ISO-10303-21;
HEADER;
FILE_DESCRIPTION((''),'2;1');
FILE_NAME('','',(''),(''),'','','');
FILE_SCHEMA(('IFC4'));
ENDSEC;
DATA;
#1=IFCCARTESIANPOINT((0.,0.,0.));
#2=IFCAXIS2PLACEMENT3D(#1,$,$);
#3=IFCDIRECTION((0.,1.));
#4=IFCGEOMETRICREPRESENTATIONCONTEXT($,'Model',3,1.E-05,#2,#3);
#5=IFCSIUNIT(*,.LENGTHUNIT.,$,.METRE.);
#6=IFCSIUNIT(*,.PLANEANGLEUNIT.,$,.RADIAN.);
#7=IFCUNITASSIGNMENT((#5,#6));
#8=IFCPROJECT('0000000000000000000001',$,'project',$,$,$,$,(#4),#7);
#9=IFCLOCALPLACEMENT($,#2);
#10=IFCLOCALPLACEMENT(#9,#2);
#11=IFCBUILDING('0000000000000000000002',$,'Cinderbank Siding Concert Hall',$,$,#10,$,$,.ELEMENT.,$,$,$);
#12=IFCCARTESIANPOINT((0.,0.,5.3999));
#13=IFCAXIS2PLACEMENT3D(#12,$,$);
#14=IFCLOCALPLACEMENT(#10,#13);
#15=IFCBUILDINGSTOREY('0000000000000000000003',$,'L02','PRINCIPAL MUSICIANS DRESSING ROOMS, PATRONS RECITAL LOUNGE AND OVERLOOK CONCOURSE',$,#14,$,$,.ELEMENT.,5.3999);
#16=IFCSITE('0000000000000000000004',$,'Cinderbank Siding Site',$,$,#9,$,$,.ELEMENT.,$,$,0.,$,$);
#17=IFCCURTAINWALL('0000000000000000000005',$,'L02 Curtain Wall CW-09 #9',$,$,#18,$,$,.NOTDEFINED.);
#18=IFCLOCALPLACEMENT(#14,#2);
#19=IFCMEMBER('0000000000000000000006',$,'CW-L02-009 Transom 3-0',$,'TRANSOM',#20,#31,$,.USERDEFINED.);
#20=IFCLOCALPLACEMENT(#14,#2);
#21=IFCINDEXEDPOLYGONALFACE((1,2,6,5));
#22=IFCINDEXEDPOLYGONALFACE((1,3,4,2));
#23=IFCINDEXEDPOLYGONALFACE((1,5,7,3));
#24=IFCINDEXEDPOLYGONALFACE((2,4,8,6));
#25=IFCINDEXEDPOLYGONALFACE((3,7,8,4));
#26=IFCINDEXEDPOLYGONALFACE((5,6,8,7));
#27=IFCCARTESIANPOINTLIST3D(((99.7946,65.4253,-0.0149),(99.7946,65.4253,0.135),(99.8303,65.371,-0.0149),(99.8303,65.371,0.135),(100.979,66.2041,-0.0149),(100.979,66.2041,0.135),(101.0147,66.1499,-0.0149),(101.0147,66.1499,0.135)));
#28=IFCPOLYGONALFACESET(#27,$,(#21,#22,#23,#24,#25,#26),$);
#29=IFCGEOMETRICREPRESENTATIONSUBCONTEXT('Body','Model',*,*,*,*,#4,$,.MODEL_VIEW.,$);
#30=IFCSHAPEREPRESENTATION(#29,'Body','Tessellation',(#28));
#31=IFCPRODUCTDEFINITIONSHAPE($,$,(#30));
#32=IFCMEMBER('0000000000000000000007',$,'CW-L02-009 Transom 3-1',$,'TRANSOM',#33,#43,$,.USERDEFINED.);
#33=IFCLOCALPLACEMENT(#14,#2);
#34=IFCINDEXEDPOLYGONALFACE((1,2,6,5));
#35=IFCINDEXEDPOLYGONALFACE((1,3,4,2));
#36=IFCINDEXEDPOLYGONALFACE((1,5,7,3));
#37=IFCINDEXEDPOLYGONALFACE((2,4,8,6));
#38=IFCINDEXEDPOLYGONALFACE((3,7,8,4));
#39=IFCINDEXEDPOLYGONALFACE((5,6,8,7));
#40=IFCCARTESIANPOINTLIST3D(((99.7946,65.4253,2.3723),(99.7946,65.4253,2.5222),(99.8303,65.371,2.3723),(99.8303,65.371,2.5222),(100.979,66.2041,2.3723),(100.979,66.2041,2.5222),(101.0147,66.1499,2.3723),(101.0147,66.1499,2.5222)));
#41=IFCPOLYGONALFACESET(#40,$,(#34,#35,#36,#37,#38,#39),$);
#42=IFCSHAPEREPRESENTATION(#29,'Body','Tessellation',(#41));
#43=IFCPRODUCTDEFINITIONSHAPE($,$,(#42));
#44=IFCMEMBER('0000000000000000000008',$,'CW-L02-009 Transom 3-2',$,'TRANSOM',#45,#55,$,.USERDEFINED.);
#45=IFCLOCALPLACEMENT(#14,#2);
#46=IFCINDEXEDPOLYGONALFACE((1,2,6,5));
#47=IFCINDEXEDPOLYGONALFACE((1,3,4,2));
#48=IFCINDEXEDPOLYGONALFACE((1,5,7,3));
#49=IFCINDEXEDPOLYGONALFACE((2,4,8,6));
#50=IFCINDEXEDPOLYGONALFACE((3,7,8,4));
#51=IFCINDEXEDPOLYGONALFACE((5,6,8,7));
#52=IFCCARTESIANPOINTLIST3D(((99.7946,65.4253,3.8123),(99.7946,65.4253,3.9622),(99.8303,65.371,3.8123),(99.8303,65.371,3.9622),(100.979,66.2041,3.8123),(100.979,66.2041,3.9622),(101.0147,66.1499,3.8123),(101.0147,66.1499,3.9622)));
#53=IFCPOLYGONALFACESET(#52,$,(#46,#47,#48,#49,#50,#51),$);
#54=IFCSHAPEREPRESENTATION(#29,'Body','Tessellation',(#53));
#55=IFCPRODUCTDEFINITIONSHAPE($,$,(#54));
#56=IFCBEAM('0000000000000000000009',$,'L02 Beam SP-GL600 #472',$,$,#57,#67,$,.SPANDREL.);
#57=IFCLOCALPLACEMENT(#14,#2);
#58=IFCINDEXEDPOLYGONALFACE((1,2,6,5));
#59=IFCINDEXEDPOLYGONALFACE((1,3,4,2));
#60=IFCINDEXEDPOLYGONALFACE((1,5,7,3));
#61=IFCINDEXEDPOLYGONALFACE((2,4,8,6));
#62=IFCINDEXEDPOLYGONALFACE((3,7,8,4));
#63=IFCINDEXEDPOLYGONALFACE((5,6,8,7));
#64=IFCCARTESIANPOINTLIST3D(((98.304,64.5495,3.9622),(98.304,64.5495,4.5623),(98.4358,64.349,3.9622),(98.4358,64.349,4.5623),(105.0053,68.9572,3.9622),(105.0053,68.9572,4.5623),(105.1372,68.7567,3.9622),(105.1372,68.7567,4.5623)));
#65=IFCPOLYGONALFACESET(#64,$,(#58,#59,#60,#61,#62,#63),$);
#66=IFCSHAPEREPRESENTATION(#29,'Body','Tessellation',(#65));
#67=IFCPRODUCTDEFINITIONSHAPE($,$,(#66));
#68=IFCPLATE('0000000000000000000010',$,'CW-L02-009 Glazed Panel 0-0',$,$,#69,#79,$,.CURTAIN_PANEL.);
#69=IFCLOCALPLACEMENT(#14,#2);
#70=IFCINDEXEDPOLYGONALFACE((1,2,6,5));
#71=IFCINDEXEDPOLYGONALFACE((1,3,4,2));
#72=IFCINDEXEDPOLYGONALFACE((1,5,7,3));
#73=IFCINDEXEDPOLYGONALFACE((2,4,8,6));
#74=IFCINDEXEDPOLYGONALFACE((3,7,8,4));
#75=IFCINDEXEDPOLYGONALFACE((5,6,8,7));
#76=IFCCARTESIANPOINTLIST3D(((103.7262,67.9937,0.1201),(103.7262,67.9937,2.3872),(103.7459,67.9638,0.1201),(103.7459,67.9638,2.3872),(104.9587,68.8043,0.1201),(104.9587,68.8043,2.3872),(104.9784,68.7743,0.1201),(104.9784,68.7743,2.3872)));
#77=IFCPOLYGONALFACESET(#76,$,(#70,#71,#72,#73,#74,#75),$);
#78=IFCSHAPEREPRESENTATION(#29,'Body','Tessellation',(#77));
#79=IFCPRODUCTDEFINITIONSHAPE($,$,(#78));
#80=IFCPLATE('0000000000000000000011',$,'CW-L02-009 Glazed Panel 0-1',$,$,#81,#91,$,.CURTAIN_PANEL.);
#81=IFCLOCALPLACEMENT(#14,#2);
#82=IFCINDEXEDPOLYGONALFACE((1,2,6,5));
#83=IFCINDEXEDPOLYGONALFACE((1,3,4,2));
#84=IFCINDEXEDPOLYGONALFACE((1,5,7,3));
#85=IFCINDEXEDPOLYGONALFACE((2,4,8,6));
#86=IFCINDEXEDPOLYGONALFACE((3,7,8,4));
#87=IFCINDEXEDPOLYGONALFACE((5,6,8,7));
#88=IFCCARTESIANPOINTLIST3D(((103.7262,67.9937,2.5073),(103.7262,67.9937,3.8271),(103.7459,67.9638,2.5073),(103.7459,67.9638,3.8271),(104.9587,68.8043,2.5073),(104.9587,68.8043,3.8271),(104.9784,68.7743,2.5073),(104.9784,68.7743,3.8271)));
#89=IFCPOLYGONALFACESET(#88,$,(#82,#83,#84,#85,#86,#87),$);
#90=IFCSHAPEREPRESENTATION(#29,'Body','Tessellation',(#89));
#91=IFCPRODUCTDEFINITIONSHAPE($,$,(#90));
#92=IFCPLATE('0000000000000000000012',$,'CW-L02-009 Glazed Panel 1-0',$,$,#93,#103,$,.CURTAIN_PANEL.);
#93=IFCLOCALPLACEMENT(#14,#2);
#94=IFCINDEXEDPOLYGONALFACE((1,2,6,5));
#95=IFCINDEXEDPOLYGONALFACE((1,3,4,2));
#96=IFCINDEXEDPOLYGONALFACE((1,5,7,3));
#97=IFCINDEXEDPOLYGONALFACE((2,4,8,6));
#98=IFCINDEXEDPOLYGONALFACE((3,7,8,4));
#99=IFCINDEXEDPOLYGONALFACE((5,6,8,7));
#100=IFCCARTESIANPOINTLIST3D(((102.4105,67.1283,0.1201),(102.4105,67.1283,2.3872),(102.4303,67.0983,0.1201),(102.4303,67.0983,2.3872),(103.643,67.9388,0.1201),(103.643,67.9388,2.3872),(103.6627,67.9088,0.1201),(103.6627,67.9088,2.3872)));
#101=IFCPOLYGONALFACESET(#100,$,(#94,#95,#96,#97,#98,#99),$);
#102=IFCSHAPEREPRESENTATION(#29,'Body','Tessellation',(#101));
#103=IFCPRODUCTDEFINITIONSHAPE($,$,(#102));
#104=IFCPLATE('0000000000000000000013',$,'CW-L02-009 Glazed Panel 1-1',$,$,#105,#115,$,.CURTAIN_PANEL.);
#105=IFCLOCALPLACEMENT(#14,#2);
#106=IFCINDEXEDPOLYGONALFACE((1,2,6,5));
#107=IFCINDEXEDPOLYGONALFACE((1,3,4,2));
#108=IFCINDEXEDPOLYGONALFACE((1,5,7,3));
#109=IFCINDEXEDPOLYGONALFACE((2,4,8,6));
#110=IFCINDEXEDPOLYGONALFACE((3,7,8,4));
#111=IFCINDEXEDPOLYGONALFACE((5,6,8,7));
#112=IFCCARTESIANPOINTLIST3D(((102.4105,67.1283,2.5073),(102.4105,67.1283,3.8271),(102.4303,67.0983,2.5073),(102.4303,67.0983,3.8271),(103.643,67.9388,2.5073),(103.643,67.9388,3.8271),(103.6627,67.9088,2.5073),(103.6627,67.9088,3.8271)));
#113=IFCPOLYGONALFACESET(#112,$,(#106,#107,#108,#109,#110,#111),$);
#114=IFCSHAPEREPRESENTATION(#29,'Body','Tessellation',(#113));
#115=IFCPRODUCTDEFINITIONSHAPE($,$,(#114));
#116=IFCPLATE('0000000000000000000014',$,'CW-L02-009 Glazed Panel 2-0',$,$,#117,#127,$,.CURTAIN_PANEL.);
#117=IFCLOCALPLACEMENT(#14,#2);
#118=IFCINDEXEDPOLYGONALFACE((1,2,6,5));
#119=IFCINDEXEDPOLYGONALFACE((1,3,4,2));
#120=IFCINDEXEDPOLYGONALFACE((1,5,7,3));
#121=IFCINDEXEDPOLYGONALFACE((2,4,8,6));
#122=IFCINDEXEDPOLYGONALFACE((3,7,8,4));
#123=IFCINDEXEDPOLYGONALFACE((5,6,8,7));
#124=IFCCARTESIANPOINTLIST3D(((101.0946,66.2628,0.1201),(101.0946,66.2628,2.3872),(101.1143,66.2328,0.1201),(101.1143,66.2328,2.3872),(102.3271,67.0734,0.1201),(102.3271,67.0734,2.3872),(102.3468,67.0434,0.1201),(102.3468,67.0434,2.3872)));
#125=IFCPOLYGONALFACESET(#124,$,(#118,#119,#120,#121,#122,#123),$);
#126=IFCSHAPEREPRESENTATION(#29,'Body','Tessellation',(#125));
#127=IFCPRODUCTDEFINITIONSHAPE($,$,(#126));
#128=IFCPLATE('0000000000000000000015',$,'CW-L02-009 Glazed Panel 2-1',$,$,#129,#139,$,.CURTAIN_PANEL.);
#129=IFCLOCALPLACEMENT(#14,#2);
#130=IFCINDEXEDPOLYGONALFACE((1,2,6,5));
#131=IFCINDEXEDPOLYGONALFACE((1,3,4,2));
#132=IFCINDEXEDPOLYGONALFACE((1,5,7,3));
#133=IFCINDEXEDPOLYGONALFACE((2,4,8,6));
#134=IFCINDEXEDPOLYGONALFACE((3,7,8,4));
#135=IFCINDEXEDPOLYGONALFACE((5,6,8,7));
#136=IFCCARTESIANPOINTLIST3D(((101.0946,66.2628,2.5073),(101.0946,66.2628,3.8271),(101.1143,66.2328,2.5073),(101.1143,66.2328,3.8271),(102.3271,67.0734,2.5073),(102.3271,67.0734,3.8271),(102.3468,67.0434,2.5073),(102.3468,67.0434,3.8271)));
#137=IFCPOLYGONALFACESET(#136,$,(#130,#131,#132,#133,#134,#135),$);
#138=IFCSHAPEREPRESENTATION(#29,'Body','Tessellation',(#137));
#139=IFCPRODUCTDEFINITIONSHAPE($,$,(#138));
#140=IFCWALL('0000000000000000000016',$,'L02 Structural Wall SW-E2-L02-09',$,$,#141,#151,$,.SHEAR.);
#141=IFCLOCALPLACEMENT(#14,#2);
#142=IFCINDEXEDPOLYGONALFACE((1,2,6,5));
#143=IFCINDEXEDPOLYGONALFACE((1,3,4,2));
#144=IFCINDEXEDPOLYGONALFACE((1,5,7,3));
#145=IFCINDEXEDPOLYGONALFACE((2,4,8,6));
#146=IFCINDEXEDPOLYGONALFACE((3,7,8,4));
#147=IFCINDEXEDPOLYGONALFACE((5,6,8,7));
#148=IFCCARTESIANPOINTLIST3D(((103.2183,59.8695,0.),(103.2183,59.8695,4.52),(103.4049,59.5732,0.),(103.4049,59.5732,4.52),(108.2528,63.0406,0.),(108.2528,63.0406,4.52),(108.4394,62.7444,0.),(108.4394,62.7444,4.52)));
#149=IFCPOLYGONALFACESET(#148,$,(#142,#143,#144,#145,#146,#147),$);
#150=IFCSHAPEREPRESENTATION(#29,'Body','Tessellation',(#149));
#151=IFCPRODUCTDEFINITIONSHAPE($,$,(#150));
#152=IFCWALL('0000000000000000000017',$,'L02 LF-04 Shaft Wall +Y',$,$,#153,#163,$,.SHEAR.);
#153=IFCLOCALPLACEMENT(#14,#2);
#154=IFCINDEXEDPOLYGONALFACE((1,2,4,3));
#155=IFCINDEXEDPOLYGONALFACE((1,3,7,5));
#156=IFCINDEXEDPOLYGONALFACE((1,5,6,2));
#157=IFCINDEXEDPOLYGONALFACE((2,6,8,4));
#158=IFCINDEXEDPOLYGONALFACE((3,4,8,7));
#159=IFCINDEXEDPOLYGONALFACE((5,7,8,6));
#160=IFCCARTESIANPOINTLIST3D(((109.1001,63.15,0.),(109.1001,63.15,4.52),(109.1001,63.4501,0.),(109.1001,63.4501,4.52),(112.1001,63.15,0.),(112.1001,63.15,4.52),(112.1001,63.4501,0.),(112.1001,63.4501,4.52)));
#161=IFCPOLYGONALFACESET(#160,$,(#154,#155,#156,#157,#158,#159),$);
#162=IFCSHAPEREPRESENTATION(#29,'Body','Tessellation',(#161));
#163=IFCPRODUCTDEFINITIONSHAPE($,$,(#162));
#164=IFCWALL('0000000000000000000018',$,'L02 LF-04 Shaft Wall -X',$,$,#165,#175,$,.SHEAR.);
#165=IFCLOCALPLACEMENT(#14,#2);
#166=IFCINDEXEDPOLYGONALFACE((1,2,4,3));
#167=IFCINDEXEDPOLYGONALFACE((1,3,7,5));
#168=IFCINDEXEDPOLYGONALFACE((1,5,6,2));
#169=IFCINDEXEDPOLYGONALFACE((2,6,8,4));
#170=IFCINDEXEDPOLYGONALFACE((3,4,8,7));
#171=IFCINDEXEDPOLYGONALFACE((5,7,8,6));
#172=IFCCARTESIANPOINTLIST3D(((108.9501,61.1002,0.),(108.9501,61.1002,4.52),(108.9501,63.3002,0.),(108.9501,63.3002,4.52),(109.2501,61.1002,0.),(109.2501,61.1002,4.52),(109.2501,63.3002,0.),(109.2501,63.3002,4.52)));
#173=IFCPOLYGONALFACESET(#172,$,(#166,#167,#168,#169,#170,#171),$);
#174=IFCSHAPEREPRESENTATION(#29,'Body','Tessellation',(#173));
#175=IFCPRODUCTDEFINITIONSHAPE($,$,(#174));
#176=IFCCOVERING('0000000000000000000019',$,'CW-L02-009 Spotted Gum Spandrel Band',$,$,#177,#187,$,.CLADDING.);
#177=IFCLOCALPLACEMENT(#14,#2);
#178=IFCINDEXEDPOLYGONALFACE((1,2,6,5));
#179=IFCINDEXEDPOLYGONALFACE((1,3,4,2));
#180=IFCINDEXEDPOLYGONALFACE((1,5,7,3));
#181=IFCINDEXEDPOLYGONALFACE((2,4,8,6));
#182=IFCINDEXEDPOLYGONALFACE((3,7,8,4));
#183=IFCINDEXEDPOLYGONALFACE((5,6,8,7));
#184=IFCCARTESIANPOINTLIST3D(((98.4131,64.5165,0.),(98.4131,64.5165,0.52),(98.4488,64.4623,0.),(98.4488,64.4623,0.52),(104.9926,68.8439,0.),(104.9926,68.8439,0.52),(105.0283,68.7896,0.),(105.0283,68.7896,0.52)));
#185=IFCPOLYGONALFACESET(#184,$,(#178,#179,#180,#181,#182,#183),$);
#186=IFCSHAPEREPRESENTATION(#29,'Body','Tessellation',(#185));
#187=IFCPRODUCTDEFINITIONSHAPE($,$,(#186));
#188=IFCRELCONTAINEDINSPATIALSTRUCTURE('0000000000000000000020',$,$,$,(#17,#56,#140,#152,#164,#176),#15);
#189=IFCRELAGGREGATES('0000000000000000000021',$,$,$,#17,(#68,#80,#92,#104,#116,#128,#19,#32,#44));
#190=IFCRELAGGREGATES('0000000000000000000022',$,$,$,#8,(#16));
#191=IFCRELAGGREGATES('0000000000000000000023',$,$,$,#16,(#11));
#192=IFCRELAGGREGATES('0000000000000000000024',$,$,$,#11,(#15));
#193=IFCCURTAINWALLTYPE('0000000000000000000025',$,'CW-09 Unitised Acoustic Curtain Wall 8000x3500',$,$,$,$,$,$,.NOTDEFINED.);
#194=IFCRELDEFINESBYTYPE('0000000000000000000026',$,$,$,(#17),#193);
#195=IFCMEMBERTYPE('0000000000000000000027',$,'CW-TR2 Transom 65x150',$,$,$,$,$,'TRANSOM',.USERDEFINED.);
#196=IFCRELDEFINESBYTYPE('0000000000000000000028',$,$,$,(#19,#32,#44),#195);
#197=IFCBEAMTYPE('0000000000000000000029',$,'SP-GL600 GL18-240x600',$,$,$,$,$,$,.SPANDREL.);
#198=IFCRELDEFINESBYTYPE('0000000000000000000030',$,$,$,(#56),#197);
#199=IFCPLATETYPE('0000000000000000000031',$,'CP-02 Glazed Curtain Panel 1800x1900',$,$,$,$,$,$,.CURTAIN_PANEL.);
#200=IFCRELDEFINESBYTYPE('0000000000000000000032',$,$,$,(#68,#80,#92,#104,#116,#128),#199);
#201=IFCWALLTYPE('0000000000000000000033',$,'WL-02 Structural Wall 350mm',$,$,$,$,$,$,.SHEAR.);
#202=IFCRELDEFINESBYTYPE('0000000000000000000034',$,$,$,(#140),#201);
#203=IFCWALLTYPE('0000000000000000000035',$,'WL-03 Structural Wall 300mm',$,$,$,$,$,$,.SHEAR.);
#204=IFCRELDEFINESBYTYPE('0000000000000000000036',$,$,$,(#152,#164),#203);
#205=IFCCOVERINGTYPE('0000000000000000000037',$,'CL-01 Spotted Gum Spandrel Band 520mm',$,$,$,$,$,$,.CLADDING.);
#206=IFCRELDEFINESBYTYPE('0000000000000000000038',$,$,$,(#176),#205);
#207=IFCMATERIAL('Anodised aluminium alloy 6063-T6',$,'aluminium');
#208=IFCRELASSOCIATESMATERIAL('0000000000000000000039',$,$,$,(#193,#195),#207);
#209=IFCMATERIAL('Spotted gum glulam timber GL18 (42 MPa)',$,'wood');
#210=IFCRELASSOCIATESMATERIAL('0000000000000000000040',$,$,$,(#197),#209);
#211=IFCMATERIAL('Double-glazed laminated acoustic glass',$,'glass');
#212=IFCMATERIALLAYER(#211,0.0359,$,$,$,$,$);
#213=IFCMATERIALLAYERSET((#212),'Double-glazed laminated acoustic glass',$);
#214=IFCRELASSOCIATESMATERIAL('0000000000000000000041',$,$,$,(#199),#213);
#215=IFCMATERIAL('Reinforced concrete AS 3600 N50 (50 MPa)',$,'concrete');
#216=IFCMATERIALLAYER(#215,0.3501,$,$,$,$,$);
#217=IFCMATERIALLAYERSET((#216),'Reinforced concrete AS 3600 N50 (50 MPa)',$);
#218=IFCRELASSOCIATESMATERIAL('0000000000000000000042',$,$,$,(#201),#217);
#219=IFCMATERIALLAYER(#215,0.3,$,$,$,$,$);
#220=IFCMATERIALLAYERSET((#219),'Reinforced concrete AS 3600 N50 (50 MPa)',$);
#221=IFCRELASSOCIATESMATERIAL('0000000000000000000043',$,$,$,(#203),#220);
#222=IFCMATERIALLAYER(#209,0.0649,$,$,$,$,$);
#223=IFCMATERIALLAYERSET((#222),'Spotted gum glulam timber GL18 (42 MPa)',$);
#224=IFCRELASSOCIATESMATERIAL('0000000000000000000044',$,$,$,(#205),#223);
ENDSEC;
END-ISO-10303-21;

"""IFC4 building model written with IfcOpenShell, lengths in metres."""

from ifc_helpers import new_model, si_unit, direction, frame, frame_2d, origin, origin_2d, place, context, subcontext, project, spatial, rectangle, extrude, material, layer, layer_set, material_profile, profile_set, type_object, element, aggregate, save


model = new_model("IFC4")

# Units and contexts
model_context = context("Model", 3, precision=1e-05, world=origin(), true_north=direction((0.0, 1.0)))
body_context = subcontext(model_context, "Body", "Model", "MODEL_VIEW")
ifc_project = project(units=[si_unit("LENGTHUNIT", "METRE"), si_unit("PLANEANGLEUNIT", "RADIAN")], contexts=[model_context])

# Site, building, storey
site_placement = place(None, origin())
site = spatial("IfcSite", under=ifc_project, at=site_placement, Name="Cinderbank Siding Site", CompositionType="ELEMENT", RefElevation=0.0)
building_placement = place(site_placement, origin())
building = spatial("IfcBuilding", under=site, at=building_placement, Name="Cinderbank Siding Concert Hall", CompositionType="ELEMENT")
storey_placement = place(building_placement, frame((0.0, 0.0, 5.3999)))
storey = spatial("IfcBuildingStorey", under=building, at=storey_placement, Name="L02", Description="PRINCIPAL MUSICIANS DRESSING ROOMS, PATRONS RECITAL LOUNGE AND OVERLOOK CONCOURSE", CompositionType="ELEMENT", Elevation=5.3999)

# Shared definitions
ifc_material_1 = material(Name="Reinforced concrete AS 3600 N50 (50 MPa)", Category="concrete")

# Shared definitions
ifc_material_2 = material(Name="Anodised aluminium alloy 6063-T6", Category="aluminium")

# Curtain wall, members
curtain_wall_type_1 = type_object("IfcCurtainWallType", Name="CW-09 Unitised Acoustic Curtain Wall 8000x3500", PredefinedType="NOTDEFINED", material=ifc_material_2)
curtain_wall_1_placement = place(storey_placement, origin())
curtain_wall_1 = element("IfcCurtainWall", 1, at=curtain_wall_1_placement, inside=storey, type_object=curtain_wall_type_1, Name="L02 Curtain Wall CW-09 #9", PredefinedType="NOTDEFINED")
ifc_material_profile_1 = material_profile(ifc_material_2, rectangle(XDim=0.0649, YDim=0.1499, at=origin_2d()), Name="ALU-TRAN-65x150", Category="LoadBearing")
ifc_profile_set_1 = profile_set([ifc_material_profile_1], Name="Anodised aluminium alloy 6063-T6")
member_type_1 = type_object("IfcMemberType", Name="CW-TR2 Transom 65x150", ElementType="TRANSOM", PredefinedType="USERDEFINED", material=ifc_profile_set_1)
member_1_placement = place(storey_placement, frame((100.9968, 66.177, 0.0601), z_axis=(-0.835532, -0.549443, 0.0), x_axis=(0.549443, -0.835532, 0.0)))
member_1 = element("IfcMember", 2, at=member_1_placement, type_object=member_type_1, Name="CW-L02-009 Transom 3-0", ObjectType="TRANSOM", PredefinedType="USERDEFINED", context=body_context, shape_type="SweptSolid", body=[
    extrude(rectangle(XDim=0.0649, YDim=0.1499, at=origin_2d()), origin(), (0.0, 0.0, 1.0), 1.4175),
])
member_2_placement = place(storey_placement, frame((100.9968, 66.177, 2.4473), z_axis=(-0.835532, -0.549443, 0.0), x_axis=(0.549443, -0.835532, 0.0)))
member_2 = element("IfcMember", 3, at=member_2_placement, type_object=member_type_1, Name="CW-L02-009 Transom 3-1", ObjectType="TRANSOM", PredefinedType="USERDEFINED", context=body_context, shape_type="SweptSolid", body=[
    extrude(rectangle(XDim=0.0649, YDim=0.1499, at=origin_2d()), origin(), (0.0, 0.0, 1.0), 1.4175),
])
member_3_placement = place(storey_placement, frame((100.9968, 66.177, 3.8872), z_axis=(-0.835532, -0.549443, 0.0), x_axis=(0.549443, -0.835532, 0.0)))
member_3 = element("IfcMember", 4, at=member_3_placement, type_object=member_type_1, Name="CW-L02-009 Transom 3-2", ObjectType="TRANSOM", PredefinedType="USERDEFINED", context=body_context, shape_type="SweptSolid", body=[
    extrude(rectangle(XDim=0.0649, YDim=0.1499, at=origin_2d()), origin(), (0.0, 0.0, 1.0), 1.4175),
])

# Beam
ifc_material_3 = material(Name="Spotted gum glulam timber GL18 (42 MPa)", Category="wood")
ifc_material_profile_2 = material_profile(ifc_material_3, rectangle(XDim=0.24, YDim=0.6001, at=origin_2d()), Name="GL18-240x600", Category="LoadBearing")
ifc_profile_set_2 = profile_set([ifc_material_profile_2], Name="Spotted gum glulam timber GL18 (42 MPa)")
beam_type_1 = type_object("IfcBeamType", Name="SP-GL600 GL18-240x600", PredefinedType="SPANDREL", material=ifc_profile_set_2)
beam_1_placement = place(storey_placement, frame((105.0713, 68.8569, 4.2622), z_axis=(-0.835481, -0.54952, 0.0), x_axis=(0.54952, -0.835481, 0.0)))
element("IfcBeam", 5, at=beam_1_placement, inside=storey, type_object=beam_type_1, Name="L02 Beam SP-GL600 #472", PredefinedType="SPANDREL", context=body_context, shape_type="SweptSolid", body=[
    extrude(rectangle(XDim=0.24, YDim=0.6001, at=origin_2d()), origin(), (0.0, 0.0, 1.0), 8.021),
])

# Plates
ifc_material_4 = material(Name="Double-glazed laminated acoustic glass", Category="glass")
ifc_layer_1 = layer(ifc_material_4, 0.0359)
ifc_layer_set_1 = layer_set([ifc_layer_1], Name="Double-glazed laminated acoustic glass")
plate_type = type_object("IfcPlateType", Name="CP-02 Glazed Curtain Panel 1800x1900", PredefinedType="CURTAIN_PANEL", material=ifc_layer_set_1)
plate_1_placement = place(storey_placement, frame((104.3523, 68.384, 0.1201), z_axis=(0.0, 0.0, 1.0), x_axis=(-0.835492, -0.549503, 0.0)))
plate_1 = element("IfcPlate", 6, at=plate_1_placement, type_object=plate_type, Name="CW-L02-009 Glazed Panel 0-0", PredefinedType="CURTAIN_PANEL", context=body_context, shape_type="SweptSolid", body=[
    extrude(rectangle(XDim=1.4751, YDim=0.0359, at=origin_2d()), origin(), (0.0, 0.0, 1.0), 2.2671),
])
plate_2_placement = place(storey_placement, frame((104.3523, 68.384, 2.5073), z_axis=(0.0, 0.0, 1.0), x_axis=(-0.835492, -0.549503, 0.0)))
plate_2 = element("IfcPlate", 7, at=plate_2_placement, type_object=plate_type, Name="CW-L02-009 Glazed Panel 0-1", PredefinedType="CURTAIN_PANEL", context=body_context, shape_type="SweptSolid", body=[
    extrude(rectangle(XDim=1.4751, YDim=0.0359, at=origin_2d()), origin(), (0.0, 0.0, 1.0), 1.3198),
])
plate_3_placement = place(storey_placement, frame((103.0366, 67.5186, 0.1201), z_axis=(0.0, 0.0, 1.0), x_axis=(-0.835492, -0.549503, 0.0)))
plate_3 = element("IfcPlate", 8, at=plate_3_placement, type_object=plate_type, Name="CW-L02-009 Glazed Panel 1-0", PredefinedType="CURTAIN_PANEL", context=body_context, shape_type="SweptSolid", body=[
    extrude(rectangle(XDim=1.4751, YDim=0.0359, at=origin_2d()), origin(), (0.0, 0.0, 1.0), 2.2671),
])
plate_4_placement = place(storey_placement, frame((103.0366, 67.5186, 2.5073), z_axis=(0.0, 0.0, 1.0), x_axis=(-0.835492, -0.549503, 0.0)))
plate_4 = element("IfcPlate", 9, at=plate_4_placement, type_object=plate_type, Name="CW-L02-009 Glazed Panel 1-1", PredefinedType="CURTAIN_PANEL", context=body_context, shape_type="SweptSolid", body=[
    extrude(rectangle(XDim=1.4751, YDim=0.0359, at=origin_2d()), origin(), (0.0, 0.0, 1.0), 1.3198),
])
plate_5_placement = place(storey_placement, frame((101.7207, 66.6531, 0.1201), z_axis=(0.0, 0.0, 1.0), x_axis=(-0.835492, -0.549503, 0.0)))
plate_5 = element("IfcPlate", 10, at=plate_5_placement, type_object=plate_type, Name="CW-L02-009 Glazed Panel 2-0", PredefinedType="CURTAIN_PANEL", context=body_context, shape_type="SweptSolid", body=[
    extrude(rectangle(XDim=1.4751, YDim=0.0359, at=origin_2d()), origin(), (0.0, 0.0, 1.0), 2.2671),
])
plate_6_placement = place(storey_placement, frame((101.7207, 66.6531, 2.5073), z_axis=(0.0, 0.0, 1.0), x_axis=(-0.835492, -0.549503, 0.0)))
plate_6 = element("IfcPlate", 11, at=plate_6_placement, type_object=plate_type, Name="CW-L02-009 Glazed Panel 2-1", PredefinedType="CURTAIN_PANEL", context=body_context, shape_type="SweptSolid", body=[
    extrude(rectangle(XDim=1.4751, YDim=0.0359, at=origin_2d()), origin(), (0.0, 0.0, 1.0), 1.3198),
])
aggregate(curtain_wall_1, [plate_1, plate_2, plate_3, plate_4, plate_5, plate_6, member_1, member_2, member_3])

# Walls
ifc_layer_2 = layer(ifc_material_1, 0.3501)
ifc_layer_set_2 = layer_set([ifc_layer_2], Name="Reinforced concrete AS 3600 N50 (50 MPa)")
wall_type_1 = type_object("IfcWallType", Name="WL-02 Structural Wall 350mm", PredefinedType="SHEAR", material=ifc_layer_set_2)
wall_1_placement = place(storey_placement, frame((108.3462, 62.8926, 0.0), z_axis=(0.0, 0.0, 1.0), x_axis=(-0.846133, -0.532972, 0.0)))
element("IfcWall", 12, at=wall_1_placement, inside=storey, type_object=wall_type_1, Name="L02 Structural Wall SW-E2-L02-09", PredefinedType="SHEAR", context=body_context, shape_type="SweptSolid", body=[
    extrude(rectangle(XDim=5.95, YDim=0.3501, at=frame_2d((2.9751, 0.0))), origin(), (0.0, 0.0, 1.0), 4.52),
])
ifc_layer_3 = layer(ifc_material_1, 0.3)
ifc_layer_set_3 = layer_set([ifc_layer_3], Name="Reinforced concrete AS 3600 N50 (50 MPa)")
wall_type_2 = type_object("IfcWallType", Name="WL-03 Structural Wall 300mm", PredefinedType="SHEAR", material=ifc_layer_set_3)
wall_2_placement = place(storey_placement, frame((109.1001, 63.3, 0.0), z_axis=(0.0, 0.0, 1.0), x_axis=(1.0, 0.0, 0.0)))
element("IfcWall", 13, at=wall_2_placement, inside=storey, type_object=wall_type_2, Name="L02 LF-04 Shaft Wall +Y", PredefinedType="SHEAR", context=body_context, shape_type="SweptSolid", body=[
    extrude(rectangle(XDim=3.0, YDim=0.3, at=frame_2d((1.5, 0.0))), origin(), (0.0, 0.0, 1.0), 4.52),
])
wall_3_placement = place(storey_placement, frame((109.1001, 61.1001, 0.0), z_axis=(0.0, 0.0, 1.0), x_axis=(0.0, 1.0, 0.0)))
element("IfcWall", 14, at=wall_3_placement, inside=storey, type_object=wall_type_2, Name="L02 LF-04 Shaft Wall -X", PredefinedType="SHEAR", context=body_context, shape_type="SweptSolid", body=[
    extrude(rectangle(XDim=2.2, YDim=0.3, at=frame_2d((1.1001, 0.0))), origin(), (0.0, 0.0, 1.0), 4.52),
])

# Covering
ifc_layer_4 = layer(ifc_material_3, 0.0649)
ifc_layer_set_4 = layer_set([ifc_layer_4], Name="Spotted gum glulam timber GL18 (42 MPa)")
covering_type = type_object("IfcCoveringType", Name="CL-01 Spotted Gum Spandrel Band 520mm", PredefinedType="CLADDING", material=ifc_layer_set_4)
covering_placement = place(storey_placement, frame((101.7207, 66.6531, 0.0), z_axis=(0.0, 0.0, 1.0), x_axis=(-0.835492, -0.549503, 0.0)))
element("IfcCovering", 15, at=covering_placement, inside=storey, type_object=covering_type, Name="CW-L02-009 Spotted Gum Spandrel Band", PredefinedType="CLADDING", context=body_context, shape_type="SweptSolid", body=[
    extrude(rectangle(XDim=7.875, YDim=0.0649, at=origin_2d()), origin(), (0.0, 0.0, 1.0), 0.52),
])

save(model, "model.ifc")
